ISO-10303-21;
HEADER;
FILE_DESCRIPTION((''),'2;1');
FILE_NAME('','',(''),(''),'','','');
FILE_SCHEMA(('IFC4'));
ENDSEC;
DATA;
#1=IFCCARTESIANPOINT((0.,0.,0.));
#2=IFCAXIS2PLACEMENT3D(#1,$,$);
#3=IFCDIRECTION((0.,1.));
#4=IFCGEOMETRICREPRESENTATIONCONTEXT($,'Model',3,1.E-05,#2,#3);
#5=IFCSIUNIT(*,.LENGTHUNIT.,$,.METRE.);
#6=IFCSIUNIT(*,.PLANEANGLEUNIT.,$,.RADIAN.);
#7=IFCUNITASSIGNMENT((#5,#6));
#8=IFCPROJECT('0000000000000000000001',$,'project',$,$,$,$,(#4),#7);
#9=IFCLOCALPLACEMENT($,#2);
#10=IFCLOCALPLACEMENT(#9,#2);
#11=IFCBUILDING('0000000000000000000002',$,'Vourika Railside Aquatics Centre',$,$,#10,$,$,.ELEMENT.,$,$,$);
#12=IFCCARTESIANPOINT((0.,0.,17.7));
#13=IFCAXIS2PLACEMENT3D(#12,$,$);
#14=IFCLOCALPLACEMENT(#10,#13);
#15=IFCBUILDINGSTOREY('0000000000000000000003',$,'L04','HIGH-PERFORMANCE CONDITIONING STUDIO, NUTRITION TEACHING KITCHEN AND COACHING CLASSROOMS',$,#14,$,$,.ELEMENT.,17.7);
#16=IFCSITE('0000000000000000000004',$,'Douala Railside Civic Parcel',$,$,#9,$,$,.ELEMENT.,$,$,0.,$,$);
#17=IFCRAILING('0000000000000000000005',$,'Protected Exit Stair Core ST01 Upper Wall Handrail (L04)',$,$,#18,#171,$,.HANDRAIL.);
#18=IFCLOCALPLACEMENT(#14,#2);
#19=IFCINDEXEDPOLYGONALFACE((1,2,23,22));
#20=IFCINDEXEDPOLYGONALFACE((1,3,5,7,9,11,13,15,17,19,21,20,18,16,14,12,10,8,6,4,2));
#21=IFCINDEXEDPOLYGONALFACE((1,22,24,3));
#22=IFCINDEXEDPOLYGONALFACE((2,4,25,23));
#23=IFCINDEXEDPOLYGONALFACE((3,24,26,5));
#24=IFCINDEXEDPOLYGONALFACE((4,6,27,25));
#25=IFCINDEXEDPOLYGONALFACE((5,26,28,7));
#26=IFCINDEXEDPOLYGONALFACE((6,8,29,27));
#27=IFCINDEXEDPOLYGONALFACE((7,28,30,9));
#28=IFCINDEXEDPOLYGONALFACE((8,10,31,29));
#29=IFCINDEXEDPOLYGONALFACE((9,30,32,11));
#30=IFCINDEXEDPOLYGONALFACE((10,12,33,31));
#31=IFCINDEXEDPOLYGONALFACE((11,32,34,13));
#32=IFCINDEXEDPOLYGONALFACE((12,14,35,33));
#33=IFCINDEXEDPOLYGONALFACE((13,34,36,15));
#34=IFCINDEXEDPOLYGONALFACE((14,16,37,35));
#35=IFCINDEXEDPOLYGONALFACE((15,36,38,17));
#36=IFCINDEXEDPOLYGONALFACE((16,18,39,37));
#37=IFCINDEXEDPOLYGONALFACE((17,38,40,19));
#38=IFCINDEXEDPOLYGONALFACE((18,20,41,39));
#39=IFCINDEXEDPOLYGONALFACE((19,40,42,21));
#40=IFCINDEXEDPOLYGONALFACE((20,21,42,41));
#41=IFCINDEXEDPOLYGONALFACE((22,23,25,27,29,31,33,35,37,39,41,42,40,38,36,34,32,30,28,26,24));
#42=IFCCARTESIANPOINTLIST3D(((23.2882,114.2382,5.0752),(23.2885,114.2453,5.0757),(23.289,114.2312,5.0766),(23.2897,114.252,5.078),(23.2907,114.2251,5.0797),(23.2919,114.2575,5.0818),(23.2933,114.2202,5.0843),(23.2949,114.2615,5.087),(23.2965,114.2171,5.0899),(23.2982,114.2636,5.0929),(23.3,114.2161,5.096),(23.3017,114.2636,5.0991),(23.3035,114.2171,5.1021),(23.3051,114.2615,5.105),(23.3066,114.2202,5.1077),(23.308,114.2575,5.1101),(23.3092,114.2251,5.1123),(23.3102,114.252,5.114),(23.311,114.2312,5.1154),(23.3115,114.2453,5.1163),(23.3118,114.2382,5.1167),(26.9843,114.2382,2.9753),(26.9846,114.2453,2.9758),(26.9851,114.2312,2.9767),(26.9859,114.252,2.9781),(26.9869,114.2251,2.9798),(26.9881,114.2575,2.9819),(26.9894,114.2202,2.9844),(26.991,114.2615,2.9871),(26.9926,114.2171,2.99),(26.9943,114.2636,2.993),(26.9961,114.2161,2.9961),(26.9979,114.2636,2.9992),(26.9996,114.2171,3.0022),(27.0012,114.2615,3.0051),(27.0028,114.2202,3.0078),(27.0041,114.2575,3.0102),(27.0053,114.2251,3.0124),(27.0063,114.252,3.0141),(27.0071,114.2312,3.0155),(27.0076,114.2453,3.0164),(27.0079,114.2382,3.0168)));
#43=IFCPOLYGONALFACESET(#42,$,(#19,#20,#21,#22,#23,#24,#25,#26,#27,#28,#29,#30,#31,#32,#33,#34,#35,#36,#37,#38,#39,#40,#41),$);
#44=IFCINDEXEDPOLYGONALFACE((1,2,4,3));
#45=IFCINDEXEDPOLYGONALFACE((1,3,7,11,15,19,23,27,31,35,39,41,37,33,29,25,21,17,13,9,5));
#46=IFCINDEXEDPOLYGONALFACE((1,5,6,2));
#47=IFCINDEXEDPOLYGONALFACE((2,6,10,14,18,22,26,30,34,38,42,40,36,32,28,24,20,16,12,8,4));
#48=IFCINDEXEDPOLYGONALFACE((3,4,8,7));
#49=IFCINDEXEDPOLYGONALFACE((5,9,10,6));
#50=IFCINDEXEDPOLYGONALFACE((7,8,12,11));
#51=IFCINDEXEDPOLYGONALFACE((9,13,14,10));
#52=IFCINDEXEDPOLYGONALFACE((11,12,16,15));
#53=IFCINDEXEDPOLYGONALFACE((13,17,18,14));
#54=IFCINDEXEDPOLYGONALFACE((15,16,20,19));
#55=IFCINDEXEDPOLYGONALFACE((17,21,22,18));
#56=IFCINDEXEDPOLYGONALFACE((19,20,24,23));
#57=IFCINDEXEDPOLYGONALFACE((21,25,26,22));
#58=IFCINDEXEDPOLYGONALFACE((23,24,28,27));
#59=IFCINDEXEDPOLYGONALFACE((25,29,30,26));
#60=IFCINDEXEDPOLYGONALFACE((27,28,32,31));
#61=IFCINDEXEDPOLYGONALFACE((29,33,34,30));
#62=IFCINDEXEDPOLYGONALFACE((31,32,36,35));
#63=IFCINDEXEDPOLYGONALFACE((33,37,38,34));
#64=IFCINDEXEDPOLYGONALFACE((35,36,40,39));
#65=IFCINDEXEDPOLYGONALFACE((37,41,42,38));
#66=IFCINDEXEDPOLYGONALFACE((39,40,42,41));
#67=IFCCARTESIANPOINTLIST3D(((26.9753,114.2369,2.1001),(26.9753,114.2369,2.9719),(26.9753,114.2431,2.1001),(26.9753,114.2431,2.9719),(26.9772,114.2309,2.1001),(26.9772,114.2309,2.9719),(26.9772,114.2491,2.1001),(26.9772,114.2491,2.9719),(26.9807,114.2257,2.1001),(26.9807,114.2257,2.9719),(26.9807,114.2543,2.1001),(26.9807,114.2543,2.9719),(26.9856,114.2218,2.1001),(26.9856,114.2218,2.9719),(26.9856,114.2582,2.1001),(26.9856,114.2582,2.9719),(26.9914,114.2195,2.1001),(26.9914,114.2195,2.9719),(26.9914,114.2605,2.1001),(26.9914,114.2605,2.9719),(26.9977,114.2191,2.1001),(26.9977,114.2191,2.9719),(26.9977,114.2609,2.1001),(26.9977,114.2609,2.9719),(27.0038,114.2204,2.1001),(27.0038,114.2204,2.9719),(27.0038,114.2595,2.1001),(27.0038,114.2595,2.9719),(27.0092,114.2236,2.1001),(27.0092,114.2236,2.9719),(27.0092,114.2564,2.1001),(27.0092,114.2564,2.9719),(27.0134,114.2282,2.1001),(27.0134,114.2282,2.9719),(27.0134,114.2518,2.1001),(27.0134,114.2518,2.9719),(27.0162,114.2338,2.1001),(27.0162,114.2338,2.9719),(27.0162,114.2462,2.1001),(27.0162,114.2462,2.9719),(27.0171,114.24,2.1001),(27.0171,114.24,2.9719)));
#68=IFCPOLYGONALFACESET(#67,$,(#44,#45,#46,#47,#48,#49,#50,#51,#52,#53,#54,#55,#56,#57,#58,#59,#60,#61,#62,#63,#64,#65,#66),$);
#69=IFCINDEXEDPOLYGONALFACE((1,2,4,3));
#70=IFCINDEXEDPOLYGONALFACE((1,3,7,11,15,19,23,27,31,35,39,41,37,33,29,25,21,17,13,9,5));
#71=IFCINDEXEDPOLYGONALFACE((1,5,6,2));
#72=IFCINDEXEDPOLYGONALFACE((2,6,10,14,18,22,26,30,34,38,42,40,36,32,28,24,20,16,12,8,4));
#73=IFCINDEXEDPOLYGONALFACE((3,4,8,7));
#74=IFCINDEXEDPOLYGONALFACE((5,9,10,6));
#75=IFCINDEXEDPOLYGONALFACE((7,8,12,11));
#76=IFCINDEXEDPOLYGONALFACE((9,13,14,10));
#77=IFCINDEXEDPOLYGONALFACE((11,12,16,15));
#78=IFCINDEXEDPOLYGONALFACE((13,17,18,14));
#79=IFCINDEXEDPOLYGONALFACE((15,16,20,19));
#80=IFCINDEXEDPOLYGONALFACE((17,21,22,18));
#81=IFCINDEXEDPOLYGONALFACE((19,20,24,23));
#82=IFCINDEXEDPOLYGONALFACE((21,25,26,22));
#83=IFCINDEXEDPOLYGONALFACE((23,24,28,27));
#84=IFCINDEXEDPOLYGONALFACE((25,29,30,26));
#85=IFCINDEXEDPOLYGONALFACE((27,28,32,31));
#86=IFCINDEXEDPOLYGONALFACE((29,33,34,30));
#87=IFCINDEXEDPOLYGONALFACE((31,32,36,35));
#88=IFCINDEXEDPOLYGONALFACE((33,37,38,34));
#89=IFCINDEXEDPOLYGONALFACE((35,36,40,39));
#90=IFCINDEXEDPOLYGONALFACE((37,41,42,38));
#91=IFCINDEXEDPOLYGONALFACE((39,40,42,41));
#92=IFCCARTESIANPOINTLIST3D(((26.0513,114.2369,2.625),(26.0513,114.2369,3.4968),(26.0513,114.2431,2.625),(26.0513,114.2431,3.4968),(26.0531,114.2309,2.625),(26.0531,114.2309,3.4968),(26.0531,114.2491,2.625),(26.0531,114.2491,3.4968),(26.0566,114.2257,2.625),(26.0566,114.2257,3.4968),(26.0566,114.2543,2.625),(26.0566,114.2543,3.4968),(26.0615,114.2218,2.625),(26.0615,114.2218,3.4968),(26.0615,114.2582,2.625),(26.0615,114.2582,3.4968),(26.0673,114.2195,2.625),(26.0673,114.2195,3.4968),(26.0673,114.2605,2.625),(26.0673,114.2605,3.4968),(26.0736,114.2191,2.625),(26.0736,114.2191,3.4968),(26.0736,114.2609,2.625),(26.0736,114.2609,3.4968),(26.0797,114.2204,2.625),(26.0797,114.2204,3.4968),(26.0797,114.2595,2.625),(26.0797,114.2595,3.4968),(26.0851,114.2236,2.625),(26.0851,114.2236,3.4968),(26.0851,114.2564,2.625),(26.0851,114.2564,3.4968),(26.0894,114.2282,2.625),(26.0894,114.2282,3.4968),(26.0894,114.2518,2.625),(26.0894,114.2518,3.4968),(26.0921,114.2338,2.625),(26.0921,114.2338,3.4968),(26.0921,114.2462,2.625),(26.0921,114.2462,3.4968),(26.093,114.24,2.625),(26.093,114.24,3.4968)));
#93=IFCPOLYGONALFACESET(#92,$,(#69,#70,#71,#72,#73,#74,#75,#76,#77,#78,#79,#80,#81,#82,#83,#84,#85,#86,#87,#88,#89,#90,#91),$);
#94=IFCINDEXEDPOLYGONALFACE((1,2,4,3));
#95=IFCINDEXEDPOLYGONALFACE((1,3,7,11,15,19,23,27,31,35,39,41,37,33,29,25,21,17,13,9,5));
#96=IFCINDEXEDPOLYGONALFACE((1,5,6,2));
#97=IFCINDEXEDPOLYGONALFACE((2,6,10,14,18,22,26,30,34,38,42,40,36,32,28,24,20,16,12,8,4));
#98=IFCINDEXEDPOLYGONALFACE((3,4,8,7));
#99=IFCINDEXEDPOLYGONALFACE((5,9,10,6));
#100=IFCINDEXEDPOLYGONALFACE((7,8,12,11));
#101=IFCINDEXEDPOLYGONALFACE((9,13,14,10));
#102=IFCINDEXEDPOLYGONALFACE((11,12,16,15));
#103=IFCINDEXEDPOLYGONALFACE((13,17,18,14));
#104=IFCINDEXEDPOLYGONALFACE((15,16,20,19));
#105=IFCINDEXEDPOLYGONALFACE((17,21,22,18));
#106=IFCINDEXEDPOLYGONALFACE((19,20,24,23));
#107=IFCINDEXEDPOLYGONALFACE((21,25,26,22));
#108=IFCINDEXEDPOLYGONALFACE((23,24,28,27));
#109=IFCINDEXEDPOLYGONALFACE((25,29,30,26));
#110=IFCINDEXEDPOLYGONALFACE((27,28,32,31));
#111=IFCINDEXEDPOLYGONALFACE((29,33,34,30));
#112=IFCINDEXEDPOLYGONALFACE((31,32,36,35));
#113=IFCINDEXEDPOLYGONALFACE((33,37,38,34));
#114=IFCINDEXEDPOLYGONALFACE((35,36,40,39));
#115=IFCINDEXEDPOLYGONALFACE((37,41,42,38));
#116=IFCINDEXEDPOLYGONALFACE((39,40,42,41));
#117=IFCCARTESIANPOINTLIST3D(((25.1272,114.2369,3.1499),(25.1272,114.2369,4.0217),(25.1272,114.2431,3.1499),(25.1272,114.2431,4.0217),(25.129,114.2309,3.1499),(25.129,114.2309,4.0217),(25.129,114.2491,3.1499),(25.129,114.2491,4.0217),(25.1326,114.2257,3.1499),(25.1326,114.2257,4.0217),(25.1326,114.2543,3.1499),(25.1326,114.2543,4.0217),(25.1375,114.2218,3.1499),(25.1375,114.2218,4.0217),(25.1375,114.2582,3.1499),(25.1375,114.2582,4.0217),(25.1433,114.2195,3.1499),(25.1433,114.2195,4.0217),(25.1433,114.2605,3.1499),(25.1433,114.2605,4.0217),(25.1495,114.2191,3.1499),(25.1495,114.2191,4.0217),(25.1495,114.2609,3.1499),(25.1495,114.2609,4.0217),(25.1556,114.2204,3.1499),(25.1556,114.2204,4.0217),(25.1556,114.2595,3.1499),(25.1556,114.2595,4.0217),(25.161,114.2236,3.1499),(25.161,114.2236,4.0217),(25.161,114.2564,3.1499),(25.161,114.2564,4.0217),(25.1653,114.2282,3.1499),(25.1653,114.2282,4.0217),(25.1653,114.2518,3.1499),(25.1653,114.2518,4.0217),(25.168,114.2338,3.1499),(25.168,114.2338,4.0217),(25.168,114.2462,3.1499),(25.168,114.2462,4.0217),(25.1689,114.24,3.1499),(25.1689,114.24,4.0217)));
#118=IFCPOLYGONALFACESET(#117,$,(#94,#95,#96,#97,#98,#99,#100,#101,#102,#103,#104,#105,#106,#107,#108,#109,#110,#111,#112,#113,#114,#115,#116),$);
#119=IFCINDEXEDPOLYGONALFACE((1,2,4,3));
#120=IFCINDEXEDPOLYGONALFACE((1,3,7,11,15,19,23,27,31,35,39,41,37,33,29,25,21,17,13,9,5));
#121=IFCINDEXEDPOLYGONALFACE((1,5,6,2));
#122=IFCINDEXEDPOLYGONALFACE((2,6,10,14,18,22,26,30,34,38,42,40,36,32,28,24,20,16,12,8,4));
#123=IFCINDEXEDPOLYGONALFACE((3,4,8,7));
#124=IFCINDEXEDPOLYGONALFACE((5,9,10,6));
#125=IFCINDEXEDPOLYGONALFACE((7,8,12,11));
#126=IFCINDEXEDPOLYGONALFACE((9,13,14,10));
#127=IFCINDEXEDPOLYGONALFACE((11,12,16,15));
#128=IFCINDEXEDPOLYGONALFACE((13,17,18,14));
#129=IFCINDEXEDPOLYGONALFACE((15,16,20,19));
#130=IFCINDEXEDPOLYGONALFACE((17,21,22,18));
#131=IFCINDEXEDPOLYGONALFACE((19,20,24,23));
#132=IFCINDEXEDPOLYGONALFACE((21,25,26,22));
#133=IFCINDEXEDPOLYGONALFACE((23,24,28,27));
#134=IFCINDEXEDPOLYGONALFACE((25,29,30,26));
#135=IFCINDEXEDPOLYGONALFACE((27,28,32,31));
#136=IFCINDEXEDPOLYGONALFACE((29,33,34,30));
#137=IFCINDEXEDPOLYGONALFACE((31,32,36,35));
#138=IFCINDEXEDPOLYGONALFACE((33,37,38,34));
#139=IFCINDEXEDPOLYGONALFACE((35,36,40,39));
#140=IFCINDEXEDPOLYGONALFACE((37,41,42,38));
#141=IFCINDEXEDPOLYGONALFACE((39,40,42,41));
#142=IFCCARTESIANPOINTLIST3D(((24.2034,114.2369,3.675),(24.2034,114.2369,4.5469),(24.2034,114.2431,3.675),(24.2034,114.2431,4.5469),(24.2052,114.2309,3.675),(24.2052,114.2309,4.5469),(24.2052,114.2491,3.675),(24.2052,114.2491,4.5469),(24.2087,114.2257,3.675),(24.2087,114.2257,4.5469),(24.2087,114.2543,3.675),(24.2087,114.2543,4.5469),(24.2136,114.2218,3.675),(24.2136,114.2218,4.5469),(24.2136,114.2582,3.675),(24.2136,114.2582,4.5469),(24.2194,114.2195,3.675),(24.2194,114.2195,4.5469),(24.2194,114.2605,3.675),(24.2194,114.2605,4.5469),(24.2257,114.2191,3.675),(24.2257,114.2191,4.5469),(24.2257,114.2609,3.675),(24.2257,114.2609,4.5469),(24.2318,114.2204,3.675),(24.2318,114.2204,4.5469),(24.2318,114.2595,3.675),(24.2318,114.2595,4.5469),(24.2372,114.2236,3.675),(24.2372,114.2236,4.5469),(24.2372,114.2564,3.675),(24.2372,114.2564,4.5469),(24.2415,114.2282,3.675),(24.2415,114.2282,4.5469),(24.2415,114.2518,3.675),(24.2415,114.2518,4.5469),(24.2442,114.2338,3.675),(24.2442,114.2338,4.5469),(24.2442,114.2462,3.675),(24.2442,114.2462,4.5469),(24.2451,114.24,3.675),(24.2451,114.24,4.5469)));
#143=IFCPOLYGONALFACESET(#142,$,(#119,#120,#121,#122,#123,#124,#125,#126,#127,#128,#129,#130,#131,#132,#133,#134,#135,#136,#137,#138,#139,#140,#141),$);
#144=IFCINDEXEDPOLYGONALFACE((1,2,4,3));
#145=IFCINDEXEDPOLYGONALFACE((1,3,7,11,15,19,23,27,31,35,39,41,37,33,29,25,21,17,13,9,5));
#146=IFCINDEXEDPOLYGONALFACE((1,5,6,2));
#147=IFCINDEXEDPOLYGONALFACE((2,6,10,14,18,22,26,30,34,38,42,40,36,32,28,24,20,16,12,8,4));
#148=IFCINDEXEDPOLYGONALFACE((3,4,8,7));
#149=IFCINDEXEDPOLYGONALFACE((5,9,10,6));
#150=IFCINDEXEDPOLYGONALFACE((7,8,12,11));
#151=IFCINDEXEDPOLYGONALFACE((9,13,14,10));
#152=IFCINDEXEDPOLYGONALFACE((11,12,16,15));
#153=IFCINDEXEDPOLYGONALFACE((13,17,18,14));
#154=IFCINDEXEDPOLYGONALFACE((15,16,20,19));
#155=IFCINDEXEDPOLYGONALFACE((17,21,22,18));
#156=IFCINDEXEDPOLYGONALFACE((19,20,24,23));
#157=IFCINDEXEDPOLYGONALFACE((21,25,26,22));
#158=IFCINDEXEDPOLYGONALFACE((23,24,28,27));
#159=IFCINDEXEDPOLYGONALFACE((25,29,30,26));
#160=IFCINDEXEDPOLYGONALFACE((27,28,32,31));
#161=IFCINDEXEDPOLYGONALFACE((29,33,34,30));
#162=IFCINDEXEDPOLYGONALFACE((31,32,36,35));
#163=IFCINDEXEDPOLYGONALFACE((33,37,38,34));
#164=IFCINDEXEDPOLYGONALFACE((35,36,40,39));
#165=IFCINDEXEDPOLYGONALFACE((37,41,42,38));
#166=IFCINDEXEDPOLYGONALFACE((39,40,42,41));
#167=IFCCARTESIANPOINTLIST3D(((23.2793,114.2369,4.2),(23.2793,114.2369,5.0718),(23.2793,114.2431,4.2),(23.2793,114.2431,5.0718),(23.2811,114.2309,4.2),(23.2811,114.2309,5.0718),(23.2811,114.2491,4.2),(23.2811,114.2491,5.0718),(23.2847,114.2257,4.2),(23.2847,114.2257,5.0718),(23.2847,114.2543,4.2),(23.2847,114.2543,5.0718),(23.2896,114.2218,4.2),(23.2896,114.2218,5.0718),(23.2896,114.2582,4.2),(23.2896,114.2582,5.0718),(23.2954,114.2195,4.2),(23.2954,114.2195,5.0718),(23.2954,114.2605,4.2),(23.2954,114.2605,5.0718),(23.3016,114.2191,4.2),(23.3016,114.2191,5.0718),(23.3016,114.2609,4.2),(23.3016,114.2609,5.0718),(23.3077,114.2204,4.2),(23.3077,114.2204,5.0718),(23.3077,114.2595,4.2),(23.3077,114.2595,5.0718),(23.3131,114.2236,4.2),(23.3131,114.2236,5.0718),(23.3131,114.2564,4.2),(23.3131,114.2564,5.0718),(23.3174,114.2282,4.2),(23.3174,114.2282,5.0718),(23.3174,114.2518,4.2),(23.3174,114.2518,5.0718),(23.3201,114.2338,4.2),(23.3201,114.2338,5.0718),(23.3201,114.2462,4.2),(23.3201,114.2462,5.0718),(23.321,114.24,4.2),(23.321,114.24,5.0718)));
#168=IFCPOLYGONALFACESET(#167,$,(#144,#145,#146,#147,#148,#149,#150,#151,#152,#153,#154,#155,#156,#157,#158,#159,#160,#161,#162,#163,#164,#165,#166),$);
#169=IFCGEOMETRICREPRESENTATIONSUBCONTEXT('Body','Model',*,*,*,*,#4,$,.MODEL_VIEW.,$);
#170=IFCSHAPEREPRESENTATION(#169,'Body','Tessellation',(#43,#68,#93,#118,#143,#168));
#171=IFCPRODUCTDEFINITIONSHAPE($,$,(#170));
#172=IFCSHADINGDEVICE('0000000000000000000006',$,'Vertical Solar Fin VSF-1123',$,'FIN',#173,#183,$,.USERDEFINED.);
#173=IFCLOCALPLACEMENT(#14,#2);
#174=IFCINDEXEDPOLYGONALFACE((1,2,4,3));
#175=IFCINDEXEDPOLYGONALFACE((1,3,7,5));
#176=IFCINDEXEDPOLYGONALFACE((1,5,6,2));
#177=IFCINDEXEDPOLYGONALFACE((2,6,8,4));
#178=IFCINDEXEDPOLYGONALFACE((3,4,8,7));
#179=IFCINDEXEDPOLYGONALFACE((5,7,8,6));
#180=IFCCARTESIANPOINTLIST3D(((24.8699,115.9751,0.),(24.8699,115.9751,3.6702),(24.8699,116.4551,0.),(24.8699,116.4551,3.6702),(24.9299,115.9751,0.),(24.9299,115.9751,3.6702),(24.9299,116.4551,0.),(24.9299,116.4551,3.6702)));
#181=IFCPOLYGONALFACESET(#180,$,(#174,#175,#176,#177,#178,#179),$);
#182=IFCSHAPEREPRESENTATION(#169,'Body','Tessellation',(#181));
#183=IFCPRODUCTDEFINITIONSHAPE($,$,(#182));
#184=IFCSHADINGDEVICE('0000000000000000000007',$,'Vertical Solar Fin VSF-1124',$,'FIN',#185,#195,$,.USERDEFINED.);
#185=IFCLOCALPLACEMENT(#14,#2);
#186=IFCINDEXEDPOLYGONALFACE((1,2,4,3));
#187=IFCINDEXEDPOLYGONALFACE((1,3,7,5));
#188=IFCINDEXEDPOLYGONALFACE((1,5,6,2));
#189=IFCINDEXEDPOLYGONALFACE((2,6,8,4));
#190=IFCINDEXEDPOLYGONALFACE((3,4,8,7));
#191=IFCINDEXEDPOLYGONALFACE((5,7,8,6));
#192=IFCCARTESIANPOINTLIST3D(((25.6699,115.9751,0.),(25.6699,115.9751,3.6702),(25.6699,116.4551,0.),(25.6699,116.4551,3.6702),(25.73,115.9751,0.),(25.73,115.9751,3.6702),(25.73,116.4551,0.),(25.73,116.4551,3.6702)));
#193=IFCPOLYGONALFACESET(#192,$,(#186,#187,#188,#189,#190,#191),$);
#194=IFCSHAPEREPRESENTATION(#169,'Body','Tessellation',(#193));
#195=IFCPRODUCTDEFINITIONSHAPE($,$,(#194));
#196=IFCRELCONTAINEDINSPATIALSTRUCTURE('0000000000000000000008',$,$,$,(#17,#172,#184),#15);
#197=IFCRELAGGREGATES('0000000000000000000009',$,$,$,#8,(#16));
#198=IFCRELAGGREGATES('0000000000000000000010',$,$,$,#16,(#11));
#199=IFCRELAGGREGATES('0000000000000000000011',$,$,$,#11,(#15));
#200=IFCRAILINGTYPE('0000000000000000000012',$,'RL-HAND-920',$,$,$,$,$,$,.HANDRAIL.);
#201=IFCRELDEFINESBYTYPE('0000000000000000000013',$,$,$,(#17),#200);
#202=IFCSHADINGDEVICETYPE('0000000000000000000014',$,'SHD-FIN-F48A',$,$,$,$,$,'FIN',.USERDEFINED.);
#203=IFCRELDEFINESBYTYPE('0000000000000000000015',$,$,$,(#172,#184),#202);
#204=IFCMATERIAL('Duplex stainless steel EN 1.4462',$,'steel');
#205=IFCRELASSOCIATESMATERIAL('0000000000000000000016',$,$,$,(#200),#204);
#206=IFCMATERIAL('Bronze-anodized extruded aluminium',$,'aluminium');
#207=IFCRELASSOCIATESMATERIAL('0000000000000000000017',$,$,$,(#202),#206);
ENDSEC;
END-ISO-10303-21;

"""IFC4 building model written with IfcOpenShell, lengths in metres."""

from ifc_helpers import new_model, si_unit, direction, frame, origin, origin_2d, place, context, subcontext, project, spatial, rectangle, circle, extrude, material, material_profile, profile_set, type_object, element, save


model = new_model("IFC4")

# Units and contexts
model_context = context("Model", 3, precision=1e-05, world=origin(), true_north=direction((0.0, 1.0)))
body_context = subcontext(model_context, "Body", "Model", "MODEL_VIEW")
ifc_project = project(units=[si_unit("LENGTHUNIT", "METRE"), si_unit("PLANEANGLEUNIT", "RADIAN")], contexts=[model_context])

# Site, building, storey
site_placement = place(None, origin())
site = spatial("IfcSite", under=ifc_project, at=site_placement, Name="Douala Railside Civic Parcel", CompositionType="ELEMENT", RefElevation=0.0)
building_placement = place(site_placement, origin())
building = spatial("IfcBuilding", under=site, at=building_placement, Name="Vourika Railside Aquatics Centre", CompositionType="ELEMENT")
storey_placement = place(building_placement, frame((0.0, 0.0, 17.7)))
storey = spatial("IfcBuildingStorey", under=building, at=storey_placement, Name="L04", Description="HIGH-PERFORMANCE CONDITIONING STUDIO, NUTRITION TEACHING KITCHEN AND COACHING CLASSROOMS", CompositionType="ELEMENT", Elevation=17.7)

# Railing
ifc_material_1 = material(Name="Duplex stainless steel EN 1.4462", Category="steel")
railing_type = type_object("IfcRailingType", Name="RL-HAND-920", PredefinedType="HANDRAIL", material=ifc_material_1)
railing_placement = place(storey_placement, frame((26.9961, 114.24, 2.1001)))
element("IfcRailing", 1, at=railing_placement, inside=storey, type_object=railing_type, Name="Protected Exit Stair Core ST01 Upper Wall Handrail (L04)", PredefinedType="HANDRAIL", context=body_context, shape_type="SweptSolid", body=[
    extrude(circle(Radius=0.0239, at=origin_2d()), frame((0.0, 0.0, 0.896), z_axis=(-0.869474, 0.0, 0.493979), x_axis=(0.0, -1.0, 0.0)), (0.0, 0.0, 1.0), 4.251),
    extrude(circle(Radius=0.021, at=origin_2d()), origin(), (0.0, 0.0, 1.0), 0.8718),
    extrude(circle(Radius=0.021, at=origin_2d()), frame((-0.9241, 0.0, 0.5249)), (0.0, 0.0, 1.0), 0.8718),
    extrude(circle(Radius=0.021, at=origin_2d()), frame((-1.8481, 0.0, 1.0498)), (0.0, 0.0, 1.0), 0.8718),
    extrude(circle(Radius=0.021, at=origin_2d()), frame((-2.772, 0.0, 1.575)), (0.0, 0.0, 1.0), 0.8718),
    extrude(circle(Radius=0.021, at=origin_2d()), frame((-3.696, 0.0, 2.0999)), (0.0, 0.0, 1.0), 0.8718),
])

# Shading devices
ifc_material_2 = material(Name="Bronze-anodized extruded aluminium", Category="aluminium")
ifc_material_profile_1 = material_profile(ifc_material_2, rectangle(XDim=0.0601, YDim=0.48, at=origin_2d()), Name="ALU-FIN 60x480")
ifc_profile_set_1 = profile_set([ifc_material_profile_1], Name="Bronze-anodized extruded aluminium")
shading_device_type = type_object("IfcShadingDeviceType", Name="SHD-FIN-F48A", ElementType="FIN", PredefinedType="USERDEFINED", material=ifc_profile_set_1)
for number, where, z_axis, x_axis, name in (
    (2, (24.8999, 116.2151, 0.0), (0.0, 0.0, 1.0), (1.0, 0.0, 0.0), "Vertical Solar Fin VSF-1123"),
    (3, (25.7, 116.2151, 0.0), (0.0, 0.0, 1.0), (1.0, 0.0, 0.0), "Vertical Solar Fin VSF-1124"),
):
    element("IfcShadingDevice", number, at=place(storey_placement, frame(where, z_axis=z_axis, x_axis=x_axis)), inside=storey, type_object=shading_device_type, Name=name, ObjectType="FIN", PredefinedType="USERDEFINED", context=body_context, shape_type="SweptSolid", body=[
        extrude(rectangle(XDim=0.0601, YDim=0.48, at=origin_2d()), origin(), (0.0, 0.0, 1.0), 3.6702),
    ])

save(model, "model.ifc")
